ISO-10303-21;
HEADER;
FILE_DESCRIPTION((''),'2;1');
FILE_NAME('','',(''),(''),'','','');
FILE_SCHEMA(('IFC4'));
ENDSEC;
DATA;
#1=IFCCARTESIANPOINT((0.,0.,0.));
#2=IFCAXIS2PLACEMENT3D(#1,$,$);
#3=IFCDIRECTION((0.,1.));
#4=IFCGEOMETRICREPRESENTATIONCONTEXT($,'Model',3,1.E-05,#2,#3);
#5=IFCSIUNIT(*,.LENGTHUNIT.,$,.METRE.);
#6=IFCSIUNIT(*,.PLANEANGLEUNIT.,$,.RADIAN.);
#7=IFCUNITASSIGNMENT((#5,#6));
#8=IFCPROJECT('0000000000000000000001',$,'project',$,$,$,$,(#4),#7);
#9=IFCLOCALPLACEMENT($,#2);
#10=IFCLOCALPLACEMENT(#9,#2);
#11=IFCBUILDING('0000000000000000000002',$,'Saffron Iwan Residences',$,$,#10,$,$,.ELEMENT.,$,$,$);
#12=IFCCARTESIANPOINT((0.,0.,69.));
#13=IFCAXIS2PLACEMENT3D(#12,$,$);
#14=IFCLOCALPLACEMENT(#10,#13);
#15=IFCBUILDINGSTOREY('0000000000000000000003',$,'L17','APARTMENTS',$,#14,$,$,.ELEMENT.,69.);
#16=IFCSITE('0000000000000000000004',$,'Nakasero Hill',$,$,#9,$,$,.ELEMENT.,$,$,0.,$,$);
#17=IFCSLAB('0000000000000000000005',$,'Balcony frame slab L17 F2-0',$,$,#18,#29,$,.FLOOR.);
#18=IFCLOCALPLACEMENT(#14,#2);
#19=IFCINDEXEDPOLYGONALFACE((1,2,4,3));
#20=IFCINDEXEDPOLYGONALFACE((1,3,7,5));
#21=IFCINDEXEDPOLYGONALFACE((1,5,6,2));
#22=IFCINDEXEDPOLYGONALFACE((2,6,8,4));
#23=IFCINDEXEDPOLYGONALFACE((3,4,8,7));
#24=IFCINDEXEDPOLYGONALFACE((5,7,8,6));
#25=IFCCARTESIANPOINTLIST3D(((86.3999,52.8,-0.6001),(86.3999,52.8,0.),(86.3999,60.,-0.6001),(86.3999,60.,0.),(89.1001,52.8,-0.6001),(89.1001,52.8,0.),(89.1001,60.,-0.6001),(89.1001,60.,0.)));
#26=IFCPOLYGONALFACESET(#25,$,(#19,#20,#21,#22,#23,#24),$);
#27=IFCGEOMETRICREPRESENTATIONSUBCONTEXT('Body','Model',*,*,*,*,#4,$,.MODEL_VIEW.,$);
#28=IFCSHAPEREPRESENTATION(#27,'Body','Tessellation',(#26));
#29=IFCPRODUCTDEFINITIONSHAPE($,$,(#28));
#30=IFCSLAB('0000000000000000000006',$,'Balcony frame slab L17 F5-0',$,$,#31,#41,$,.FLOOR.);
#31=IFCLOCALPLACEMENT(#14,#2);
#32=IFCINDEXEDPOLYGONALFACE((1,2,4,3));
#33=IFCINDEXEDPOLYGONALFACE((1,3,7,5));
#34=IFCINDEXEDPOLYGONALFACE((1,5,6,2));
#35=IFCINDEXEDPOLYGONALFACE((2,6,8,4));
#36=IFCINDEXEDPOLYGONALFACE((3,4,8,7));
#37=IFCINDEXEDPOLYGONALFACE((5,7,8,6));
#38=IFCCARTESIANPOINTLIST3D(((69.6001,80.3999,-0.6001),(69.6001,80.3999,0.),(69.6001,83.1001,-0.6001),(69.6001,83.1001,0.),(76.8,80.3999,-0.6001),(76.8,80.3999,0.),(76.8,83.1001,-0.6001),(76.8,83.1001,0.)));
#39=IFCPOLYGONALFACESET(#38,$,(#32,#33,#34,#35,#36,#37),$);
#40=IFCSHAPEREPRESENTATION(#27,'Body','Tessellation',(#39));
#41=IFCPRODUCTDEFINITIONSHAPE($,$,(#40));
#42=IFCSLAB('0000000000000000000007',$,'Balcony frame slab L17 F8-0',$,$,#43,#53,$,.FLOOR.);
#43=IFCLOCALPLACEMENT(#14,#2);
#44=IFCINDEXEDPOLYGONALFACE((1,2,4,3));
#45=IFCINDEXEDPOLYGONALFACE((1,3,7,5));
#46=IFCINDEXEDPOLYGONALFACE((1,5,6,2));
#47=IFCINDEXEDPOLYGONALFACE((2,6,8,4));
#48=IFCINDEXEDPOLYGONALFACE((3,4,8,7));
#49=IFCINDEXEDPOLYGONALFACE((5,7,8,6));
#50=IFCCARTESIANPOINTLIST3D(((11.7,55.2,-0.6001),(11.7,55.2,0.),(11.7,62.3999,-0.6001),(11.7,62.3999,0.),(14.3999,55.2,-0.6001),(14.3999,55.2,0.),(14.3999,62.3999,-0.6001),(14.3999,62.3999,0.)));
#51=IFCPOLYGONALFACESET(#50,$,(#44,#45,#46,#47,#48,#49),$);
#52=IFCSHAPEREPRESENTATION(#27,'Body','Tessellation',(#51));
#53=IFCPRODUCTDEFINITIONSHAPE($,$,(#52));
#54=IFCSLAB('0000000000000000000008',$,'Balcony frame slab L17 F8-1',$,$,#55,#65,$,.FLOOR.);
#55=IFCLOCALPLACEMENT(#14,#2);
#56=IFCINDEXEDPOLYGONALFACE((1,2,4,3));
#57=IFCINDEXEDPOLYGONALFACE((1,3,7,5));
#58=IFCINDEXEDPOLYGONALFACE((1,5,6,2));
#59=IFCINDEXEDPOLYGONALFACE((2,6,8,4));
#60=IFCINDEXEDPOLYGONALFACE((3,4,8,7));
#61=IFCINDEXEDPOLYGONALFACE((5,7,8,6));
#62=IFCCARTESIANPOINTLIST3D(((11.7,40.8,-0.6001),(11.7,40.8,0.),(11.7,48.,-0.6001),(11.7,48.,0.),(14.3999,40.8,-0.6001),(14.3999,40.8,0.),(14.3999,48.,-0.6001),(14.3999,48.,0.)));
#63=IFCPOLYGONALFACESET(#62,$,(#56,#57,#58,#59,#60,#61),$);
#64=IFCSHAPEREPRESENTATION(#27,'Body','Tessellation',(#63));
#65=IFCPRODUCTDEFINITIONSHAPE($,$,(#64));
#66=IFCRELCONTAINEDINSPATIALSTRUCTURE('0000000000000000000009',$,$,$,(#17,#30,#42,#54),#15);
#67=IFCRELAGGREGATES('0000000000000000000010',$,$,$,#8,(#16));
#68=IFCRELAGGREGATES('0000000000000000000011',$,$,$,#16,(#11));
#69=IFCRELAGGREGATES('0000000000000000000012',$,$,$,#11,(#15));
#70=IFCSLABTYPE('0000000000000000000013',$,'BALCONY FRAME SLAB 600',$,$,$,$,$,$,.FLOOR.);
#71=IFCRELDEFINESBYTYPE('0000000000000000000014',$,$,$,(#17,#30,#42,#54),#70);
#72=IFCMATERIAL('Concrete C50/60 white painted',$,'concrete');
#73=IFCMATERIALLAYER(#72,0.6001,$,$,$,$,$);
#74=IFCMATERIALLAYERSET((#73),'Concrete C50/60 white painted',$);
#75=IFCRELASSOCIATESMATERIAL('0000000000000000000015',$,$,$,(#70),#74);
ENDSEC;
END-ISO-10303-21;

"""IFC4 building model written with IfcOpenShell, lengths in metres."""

from ifc_helpers import new_model, si_unit, direction, frame, origin, place, context, subcontext, project, spatial, polyline, outline, extrude, material, layer, layer_set, type_object, element, save


model = new_model("IFC4")

# Units and contexts
model_context = context("Model", 3, precision=1e-05, world=origin(), true_north=direction((0.0, 1.0)))
body_context = subcontext(model_context, "Body", "Model", "MODEL_VIEW")
ifc_project = project(units=[si_unit("LENGTHUNIT", "METRE"), si_unit("PLANEANGLEUNIT", "RADIAN")], contexts=[model_context])

# Site, building, storey
site_placement = place(None, origin())
site = spatial("IfcSite", under=ifc_project, at=site_placement, Name="Nakasero Hill", CompositionType="ELEMENT", RefElevation=0.0)
building_placement = place(site_placement, origin())
building = spatial("IfcBuilding", under=site, at=building_placement, Name="Saffron Iwan Residences", CompositionType="ELEMENT")
storey_placement = place(building_placement, frame((0.0, 0.0, 69.0)))
storey = spatial("IfcBuildingStorey", under=building, at=storey_placement, Name="L17", Description="APARTMENTS", CompositionType="ELEMENT", Elevation=69.0)

# Slabs
ifc_material_1 = material(Name="Concrete C50/60 white painted", Category="concrete")
ifc_layer_1 = layer(ifc_material_1, 0.6001)
ifc_layer_set_1 = layer_set([ifc_layer_1], Name="Concrete C50/60 white painted")
slab_type_1 = type_object("IfcSlabType", Name="BALCONY FRAME SLAB 600", PredefinedType="FLOOR", material=ifc_layer_set_1)
slab_1_placement = place(storey_placement, frame((0.0, 0.0, -0.6001)))
element("IfcSlab", 1, at=slab_1_placement, inside=storey, type_object=slab_type_1, Name="Balcony frame slab L17 F2-0", PredefinedType="FLOOR", context=body_context, shape_type="SweptSolid", body=[
    extrude(outline(polyline([(89.1001, 52.8), (89.1001, 60.0), (86.3999, 60.0), (86.3999, 52.8), (89.1001, 52.8)])), origin(), (0.0, 0.0, 1.0), 0.6001),
])
slab_2_placement = place(storey_placement, frame((0.0, 0.0, -0.6001)))
element("IfcSlab", 2, at=slab_2_placement, inside=storey, type_object=slab_type_1, Name="Balcony frame slab L17 F5-0", PredefinedType="FLOOR", context=body_context, shape_type="SweptSolid", body=[
    extrude(outline(polyline([(76.8, 83.1001), (69.6001, 83.1001), (69.6001, 80.3999), (76.8, 80.3999), (76.8, 83.1001)])), origin(), (0.0, 0.0, 1.0), 0.6001),
])
slab_3_placement = place(storey_placement, frame((0.0, 0.0, -0.6001)))
element("IfcSlab", 3, at=slab_3_placement, inside=storey, type_object=slab_type_1, Name="Balcony frame slab L17 F8-0", PredefinedType="FLOOR", context=body_context, shape_type="SweptSolid", body=[
    extrude(outline(polyline([(11.7, 62.3999), (11.7, 55.2), (14.3999, 55.2), (14.3999, 62.3999), (11.7, 62.3999)])), origin(), (0.0, 0.0, 1.0), 0.6001),
])
slab_4_placement = place(storey_placement, frame((0.0, 0.0, -0.6001)))
element("IfcSlab", 4, at=slab_4_placement, inside=storey, type_object=slab_type_1, Name="Balcony frame slab L17 F8-1", PredefinedType="FLOOR", context=body_context, shape_type="SweptSolid", body=[
    extrude(outline(polyline([(11.7, 48.0), (11.7, 40.8), (14.3999, 40.8), (14.3999, 48.0), (11.7, 48.0)])), origin(), (0.0, 0.0, 1.0), 0.6001),
])

save(model, "model.ifc")
